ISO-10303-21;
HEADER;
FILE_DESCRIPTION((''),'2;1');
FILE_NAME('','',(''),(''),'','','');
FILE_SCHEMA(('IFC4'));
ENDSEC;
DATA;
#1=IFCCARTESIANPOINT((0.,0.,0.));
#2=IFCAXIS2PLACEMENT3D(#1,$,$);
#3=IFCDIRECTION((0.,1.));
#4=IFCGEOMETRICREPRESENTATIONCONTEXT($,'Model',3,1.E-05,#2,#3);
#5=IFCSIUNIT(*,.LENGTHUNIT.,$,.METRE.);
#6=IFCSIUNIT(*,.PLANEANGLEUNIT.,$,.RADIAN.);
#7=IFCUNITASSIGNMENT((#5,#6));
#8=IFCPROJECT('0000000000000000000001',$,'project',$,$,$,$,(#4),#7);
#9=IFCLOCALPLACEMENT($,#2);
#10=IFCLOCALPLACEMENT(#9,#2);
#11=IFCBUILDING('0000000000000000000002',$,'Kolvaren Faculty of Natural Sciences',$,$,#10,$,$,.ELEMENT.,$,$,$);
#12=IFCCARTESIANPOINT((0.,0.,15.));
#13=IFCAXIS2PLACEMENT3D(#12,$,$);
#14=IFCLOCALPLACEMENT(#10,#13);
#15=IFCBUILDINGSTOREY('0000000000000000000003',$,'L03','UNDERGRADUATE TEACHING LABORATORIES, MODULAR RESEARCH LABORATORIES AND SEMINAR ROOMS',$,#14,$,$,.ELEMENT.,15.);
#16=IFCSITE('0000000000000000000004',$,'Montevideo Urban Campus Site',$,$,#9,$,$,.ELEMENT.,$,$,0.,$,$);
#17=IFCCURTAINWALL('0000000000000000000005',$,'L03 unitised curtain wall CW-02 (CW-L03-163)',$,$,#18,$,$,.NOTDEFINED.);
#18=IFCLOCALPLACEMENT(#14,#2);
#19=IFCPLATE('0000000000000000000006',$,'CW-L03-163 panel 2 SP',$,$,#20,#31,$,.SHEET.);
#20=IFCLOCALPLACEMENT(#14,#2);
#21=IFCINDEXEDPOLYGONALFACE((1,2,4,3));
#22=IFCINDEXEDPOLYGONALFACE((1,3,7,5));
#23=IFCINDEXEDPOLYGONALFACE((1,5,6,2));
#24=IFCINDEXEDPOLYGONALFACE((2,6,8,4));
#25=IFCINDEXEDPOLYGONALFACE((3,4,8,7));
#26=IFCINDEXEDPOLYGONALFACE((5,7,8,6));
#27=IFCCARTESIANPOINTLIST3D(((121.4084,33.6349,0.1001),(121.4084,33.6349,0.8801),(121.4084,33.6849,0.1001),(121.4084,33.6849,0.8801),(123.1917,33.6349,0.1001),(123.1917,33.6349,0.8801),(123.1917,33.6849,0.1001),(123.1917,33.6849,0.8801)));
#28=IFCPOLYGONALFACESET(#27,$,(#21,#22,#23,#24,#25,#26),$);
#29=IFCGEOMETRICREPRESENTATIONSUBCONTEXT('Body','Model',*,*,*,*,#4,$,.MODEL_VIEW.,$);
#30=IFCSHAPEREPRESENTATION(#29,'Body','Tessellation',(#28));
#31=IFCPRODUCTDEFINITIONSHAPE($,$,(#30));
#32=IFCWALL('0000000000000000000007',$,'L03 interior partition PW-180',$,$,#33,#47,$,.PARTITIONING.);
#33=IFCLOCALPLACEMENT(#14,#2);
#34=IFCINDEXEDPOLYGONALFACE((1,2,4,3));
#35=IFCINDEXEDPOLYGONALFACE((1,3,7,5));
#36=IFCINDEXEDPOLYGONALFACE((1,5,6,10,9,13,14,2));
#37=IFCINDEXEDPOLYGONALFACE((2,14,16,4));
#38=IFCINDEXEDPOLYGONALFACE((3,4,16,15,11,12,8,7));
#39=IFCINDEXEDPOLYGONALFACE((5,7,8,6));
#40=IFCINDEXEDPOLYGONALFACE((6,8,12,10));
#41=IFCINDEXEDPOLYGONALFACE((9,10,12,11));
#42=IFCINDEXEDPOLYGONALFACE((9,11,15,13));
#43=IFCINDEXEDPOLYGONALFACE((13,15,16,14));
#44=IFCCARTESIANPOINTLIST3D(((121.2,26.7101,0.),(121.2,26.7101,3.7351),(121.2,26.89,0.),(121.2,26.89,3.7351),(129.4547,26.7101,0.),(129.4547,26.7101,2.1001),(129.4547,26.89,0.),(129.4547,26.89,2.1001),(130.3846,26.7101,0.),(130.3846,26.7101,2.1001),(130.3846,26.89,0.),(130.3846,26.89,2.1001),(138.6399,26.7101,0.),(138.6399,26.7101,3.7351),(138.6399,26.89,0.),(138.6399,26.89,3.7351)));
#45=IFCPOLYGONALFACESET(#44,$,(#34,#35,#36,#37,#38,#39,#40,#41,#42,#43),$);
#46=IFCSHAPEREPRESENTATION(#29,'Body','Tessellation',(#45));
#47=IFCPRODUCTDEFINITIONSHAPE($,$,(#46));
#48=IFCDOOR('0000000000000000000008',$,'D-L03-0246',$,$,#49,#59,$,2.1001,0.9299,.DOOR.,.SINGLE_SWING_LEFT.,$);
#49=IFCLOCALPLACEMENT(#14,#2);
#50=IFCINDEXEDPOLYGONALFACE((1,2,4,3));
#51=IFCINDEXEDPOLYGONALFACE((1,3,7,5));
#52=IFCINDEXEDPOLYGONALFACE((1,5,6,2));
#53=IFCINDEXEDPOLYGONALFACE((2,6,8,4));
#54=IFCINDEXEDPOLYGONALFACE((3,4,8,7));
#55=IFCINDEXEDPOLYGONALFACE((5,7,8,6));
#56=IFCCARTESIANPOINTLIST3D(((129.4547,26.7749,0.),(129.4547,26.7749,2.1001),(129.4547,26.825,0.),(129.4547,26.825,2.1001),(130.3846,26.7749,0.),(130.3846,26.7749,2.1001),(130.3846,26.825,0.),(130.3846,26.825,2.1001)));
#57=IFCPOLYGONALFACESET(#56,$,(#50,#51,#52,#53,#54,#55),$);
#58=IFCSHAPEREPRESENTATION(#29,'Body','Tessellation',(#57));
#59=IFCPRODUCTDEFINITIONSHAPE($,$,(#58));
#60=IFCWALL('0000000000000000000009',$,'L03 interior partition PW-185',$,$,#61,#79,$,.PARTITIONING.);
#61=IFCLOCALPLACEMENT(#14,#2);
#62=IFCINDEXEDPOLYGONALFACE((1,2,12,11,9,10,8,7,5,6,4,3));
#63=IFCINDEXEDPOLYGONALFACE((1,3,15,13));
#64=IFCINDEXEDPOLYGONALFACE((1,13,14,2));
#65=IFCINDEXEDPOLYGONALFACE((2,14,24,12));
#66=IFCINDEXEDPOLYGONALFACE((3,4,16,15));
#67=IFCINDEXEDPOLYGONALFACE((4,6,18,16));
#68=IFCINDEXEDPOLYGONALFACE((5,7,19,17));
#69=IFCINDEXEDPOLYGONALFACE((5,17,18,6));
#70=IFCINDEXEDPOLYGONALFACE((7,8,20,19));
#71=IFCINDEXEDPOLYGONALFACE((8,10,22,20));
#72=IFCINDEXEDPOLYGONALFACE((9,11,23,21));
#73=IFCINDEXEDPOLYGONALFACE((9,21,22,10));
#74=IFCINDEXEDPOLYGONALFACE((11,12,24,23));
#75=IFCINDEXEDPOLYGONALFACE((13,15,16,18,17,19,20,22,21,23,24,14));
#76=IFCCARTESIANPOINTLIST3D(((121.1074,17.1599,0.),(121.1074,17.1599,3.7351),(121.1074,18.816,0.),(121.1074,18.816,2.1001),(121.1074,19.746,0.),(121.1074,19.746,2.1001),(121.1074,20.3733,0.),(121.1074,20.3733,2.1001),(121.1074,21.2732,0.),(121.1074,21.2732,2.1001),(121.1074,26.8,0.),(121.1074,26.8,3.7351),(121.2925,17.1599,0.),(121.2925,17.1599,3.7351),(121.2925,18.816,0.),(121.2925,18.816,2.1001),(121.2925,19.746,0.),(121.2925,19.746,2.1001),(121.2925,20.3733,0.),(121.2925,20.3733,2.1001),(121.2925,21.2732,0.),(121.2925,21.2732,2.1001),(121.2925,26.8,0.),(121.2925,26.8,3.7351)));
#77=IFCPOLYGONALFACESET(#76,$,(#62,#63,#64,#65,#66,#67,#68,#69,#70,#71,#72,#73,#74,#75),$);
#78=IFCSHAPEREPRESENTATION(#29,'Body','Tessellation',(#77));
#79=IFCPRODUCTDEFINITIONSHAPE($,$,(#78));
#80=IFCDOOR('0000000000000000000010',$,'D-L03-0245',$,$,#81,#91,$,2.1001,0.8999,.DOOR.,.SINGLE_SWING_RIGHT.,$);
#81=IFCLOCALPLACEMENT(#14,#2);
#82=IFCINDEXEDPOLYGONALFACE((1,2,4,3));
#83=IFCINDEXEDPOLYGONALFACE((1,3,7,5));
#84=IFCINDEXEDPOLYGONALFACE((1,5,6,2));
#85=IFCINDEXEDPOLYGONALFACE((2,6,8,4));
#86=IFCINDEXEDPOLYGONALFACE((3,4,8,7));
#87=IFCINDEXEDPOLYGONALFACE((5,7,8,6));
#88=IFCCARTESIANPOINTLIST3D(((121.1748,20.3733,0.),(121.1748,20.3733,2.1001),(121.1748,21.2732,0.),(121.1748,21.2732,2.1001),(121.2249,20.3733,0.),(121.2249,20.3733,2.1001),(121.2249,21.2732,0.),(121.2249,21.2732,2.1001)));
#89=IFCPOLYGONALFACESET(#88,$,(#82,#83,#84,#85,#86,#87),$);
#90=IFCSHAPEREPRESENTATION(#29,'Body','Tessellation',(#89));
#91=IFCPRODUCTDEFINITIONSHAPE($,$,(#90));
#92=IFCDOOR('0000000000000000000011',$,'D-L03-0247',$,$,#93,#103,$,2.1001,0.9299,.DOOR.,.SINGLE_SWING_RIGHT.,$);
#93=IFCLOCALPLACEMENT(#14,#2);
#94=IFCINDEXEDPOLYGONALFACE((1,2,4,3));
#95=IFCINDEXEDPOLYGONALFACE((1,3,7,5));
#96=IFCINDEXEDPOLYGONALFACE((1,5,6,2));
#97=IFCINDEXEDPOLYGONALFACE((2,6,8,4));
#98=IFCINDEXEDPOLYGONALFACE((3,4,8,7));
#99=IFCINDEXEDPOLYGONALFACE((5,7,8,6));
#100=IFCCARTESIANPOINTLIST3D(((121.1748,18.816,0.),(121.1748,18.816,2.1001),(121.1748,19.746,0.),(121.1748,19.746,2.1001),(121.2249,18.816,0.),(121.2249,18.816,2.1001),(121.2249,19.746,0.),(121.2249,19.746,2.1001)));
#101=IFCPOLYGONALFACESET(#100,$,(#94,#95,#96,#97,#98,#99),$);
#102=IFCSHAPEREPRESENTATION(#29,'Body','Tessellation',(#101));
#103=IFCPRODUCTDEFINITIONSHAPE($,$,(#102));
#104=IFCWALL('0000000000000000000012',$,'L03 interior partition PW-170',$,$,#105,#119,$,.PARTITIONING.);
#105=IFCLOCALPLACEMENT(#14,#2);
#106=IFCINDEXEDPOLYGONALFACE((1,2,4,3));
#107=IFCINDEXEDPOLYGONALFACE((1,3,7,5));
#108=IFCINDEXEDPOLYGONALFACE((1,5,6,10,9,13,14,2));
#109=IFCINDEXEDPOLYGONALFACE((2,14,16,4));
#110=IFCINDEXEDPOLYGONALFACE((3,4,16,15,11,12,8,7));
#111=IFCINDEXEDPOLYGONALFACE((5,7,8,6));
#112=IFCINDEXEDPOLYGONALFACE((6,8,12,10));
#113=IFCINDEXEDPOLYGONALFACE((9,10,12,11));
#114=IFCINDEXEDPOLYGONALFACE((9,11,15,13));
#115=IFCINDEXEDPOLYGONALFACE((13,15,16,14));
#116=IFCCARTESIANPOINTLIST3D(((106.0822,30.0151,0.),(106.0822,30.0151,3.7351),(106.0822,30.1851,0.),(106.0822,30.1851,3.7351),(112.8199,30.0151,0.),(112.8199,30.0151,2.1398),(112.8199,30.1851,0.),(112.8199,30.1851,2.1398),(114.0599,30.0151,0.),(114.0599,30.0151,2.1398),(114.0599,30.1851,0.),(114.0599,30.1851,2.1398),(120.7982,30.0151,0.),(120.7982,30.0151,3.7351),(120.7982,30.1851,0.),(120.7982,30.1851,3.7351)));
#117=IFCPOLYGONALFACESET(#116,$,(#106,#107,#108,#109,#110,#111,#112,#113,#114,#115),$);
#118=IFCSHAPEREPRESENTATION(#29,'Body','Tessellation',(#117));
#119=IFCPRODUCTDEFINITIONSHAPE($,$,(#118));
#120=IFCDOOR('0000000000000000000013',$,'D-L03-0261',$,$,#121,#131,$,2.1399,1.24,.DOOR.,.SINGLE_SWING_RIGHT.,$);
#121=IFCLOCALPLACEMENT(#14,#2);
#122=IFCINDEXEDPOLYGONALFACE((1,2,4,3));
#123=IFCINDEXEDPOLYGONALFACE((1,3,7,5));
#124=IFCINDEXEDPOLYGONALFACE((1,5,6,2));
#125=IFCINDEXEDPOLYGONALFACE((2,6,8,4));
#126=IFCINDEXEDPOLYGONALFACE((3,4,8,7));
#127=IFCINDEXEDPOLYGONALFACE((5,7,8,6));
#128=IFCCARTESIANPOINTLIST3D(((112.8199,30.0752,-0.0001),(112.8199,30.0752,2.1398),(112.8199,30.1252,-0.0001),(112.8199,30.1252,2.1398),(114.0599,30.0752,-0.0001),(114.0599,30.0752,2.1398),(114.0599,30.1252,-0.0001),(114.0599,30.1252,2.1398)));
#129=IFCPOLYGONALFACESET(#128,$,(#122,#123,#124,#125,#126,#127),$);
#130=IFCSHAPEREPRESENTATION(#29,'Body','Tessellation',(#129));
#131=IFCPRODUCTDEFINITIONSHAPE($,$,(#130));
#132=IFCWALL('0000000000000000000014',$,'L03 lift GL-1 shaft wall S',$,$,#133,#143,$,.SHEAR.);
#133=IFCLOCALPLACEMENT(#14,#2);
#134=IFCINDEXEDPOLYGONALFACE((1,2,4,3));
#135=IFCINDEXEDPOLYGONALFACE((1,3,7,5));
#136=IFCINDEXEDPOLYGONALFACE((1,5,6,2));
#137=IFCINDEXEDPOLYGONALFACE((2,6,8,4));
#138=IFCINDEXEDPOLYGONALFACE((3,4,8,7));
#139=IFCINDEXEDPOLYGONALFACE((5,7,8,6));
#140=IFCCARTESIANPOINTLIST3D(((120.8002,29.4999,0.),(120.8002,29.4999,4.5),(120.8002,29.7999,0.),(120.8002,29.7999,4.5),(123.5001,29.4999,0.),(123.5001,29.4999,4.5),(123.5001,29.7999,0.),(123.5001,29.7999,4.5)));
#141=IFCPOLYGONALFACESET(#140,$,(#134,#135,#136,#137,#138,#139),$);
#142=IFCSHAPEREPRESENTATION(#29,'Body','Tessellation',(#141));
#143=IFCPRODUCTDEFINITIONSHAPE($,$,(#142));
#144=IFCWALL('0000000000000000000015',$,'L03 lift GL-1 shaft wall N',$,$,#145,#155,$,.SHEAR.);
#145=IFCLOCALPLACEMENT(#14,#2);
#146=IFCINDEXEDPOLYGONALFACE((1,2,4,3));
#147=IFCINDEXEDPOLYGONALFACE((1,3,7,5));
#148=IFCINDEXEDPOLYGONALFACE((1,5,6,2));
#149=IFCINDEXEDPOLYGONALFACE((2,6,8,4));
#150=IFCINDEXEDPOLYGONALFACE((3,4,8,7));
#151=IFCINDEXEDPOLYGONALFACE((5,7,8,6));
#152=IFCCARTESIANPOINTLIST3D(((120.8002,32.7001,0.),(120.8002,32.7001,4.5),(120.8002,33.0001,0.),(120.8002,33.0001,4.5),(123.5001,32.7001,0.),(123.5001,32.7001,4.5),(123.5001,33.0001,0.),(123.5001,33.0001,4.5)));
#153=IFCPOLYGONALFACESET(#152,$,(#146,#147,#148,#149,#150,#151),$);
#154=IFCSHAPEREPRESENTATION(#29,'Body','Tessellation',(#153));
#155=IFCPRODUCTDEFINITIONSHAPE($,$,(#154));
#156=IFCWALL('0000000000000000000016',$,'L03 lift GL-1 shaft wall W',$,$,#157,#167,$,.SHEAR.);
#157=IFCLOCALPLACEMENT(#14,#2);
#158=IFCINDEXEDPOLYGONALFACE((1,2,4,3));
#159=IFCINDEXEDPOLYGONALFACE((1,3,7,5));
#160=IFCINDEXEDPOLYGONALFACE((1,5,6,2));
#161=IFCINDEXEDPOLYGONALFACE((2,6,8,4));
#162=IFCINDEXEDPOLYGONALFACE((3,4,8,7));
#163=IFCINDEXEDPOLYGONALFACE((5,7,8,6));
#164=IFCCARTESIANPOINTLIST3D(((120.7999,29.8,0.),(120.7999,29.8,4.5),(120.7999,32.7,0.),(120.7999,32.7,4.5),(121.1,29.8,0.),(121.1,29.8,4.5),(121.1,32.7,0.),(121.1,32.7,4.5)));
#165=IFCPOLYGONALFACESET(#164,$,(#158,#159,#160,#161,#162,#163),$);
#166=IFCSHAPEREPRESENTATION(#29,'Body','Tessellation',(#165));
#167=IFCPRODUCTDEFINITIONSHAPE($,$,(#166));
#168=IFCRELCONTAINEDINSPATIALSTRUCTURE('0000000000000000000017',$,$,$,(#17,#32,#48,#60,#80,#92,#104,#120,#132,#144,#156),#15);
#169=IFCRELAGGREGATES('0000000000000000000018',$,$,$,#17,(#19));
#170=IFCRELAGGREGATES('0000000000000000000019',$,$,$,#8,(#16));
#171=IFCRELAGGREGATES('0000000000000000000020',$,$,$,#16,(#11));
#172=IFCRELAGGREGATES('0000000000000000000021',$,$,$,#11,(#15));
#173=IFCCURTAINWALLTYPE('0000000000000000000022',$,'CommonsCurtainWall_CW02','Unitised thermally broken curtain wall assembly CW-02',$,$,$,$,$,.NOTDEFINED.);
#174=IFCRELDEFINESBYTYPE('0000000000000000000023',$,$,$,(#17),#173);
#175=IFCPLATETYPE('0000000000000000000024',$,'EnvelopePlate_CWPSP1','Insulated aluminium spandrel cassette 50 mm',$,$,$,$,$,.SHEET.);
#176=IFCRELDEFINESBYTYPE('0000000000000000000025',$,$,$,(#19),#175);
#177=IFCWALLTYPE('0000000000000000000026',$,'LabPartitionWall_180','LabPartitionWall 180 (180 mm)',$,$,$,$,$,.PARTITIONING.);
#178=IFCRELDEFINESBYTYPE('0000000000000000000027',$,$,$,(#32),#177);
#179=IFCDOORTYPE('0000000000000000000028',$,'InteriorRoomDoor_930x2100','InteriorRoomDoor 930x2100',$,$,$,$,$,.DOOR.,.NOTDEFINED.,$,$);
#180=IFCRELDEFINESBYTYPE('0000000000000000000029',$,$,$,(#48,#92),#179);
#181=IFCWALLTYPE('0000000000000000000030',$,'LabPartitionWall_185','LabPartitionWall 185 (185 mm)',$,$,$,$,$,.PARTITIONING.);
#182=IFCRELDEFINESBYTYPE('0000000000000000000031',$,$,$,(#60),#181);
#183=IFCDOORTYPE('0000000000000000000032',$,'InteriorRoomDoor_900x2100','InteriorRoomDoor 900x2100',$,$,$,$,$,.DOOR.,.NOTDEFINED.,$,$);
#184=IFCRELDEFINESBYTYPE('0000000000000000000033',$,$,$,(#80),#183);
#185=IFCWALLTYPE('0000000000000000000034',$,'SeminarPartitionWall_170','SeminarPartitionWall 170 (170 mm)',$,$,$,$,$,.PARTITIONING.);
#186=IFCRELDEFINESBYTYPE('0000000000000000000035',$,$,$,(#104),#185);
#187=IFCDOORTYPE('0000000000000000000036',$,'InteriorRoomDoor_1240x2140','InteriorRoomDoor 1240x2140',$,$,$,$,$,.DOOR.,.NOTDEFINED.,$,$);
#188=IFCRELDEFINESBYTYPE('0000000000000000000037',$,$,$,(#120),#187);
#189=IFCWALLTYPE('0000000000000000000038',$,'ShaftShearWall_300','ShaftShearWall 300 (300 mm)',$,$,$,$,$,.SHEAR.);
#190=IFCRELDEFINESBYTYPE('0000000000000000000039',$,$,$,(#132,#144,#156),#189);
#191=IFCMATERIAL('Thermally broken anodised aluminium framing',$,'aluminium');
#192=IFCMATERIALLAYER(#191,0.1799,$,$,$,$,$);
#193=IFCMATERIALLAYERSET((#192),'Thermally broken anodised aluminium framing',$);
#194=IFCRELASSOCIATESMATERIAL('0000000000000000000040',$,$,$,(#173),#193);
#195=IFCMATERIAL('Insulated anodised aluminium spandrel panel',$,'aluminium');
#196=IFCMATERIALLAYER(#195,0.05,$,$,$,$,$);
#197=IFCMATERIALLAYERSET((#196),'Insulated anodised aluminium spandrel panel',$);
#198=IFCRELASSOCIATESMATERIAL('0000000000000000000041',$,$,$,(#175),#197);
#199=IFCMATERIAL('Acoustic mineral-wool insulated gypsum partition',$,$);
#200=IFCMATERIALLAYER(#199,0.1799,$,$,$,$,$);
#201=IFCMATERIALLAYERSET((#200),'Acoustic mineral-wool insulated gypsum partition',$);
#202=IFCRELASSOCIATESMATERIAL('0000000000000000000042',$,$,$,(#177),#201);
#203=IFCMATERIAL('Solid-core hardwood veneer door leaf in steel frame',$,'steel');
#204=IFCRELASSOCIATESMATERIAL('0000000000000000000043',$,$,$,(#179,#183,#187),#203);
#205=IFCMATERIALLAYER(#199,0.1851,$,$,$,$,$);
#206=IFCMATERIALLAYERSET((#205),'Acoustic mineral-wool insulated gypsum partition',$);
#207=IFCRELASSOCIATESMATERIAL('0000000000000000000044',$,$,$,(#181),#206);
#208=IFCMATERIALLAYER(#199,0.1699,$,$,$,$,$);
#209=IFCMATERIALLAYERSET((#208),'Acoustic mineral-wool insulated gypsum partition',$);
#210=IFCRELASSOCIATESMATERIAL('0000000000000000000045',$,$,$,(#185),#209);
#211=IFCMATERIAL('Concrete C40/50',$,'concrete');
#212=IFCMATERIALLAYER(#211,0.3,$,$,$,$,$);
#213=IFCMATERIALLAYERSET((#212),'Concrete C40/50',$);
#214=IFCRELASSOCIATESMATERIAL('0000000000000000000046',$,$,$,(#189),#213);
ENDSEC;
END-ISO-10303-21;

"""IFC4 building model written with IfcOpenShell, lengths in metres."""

from ifc_helpers import new_model, si_unit, direction, frame, frame_2d, origin, origin_2d, place, context, subcontext, project, spatial, rectangle, extrude, material, layer, layer_set, type_object, element, fill, aggregate, save


model = new_model("IFC4")

# Units and contexts
model_context = context("Model", 3, precision=1e-05, world=origin(), true_north=direction((0.0, 1.0)))
body_context = subcontext(model_context, "Body", "Model", "MODEL_VIEW")
ifc_project = project(units=[si_unit("LENGTHUNIT", "METRE"), si_unit("PLANEANGLEUNIT", "RADIAN")], contexts=[model_context])

# Site, building, storey
site_placement = place(None, origin())
site = spatial("IfcSite", under=ifc_project, at=site_placement, Name="Montevideo Urban Campus Site", CompositionType="ELEMENT", RefElevation=0.0)
building_placement = place(site_placement, origin())
building = spatial("IfcBuilding", under=site, at=building_placement, Name="Kolvaren Faculty of Natural Sciences", CompositionType="ELEMENT")
storey_placement = place(building_placement, frame((0.0, 0.0, 15.0)))
storey = spatial("IfcBuildingStorey", under=building, at=storey_placement, Name="L03", Description="UNDERGRADUATE TEACHING LABORATORIES, MODULAR RESEARCH LABORATORIES AND SEMINAR ROOMS", CompositionType="ELEMENT", Elevation=15.0)

# Curtain wall
ifc_material_1 = material(Name="Thermally broken anodised aluminium framing", Category="aluminium")
ifc_layer_1 = layer(ifc_material_1, 0.1799)
ifc_layer_set_1 = layer_set([ifc_layer_1], Name="Thermally broken anodised aluminium framing")
curtain_wall_type = type_object("IfcCurtainWallType", Name="CommonsCurtainWall_CW02", Description="Unitised thermally broken curtain wall assembly CW-02", PredefinedType="NOTDEFINED", material=ifc_layer_set_1)
curtain_wall_placement = place(storey_placement, origin())
curtain_wall = element("IfcCurtainWall", 1, at=curtain_wall_placement, inside=storey, type_object=curtain_wall_type, Name="L03 unitised curtain wall CW-02 (CW-L03-163)", PredefinedType="NOTDEFINED")

# Plate
ifc_material_2 = material(Name="Insulated anodised aluminium spandrel panel", Category="aluminium")
ifc_layer_2 = layer(ifc_material_2, 0.05)
ifc_layer_set_2 = layer_set([ifc_layer_2], Name="Insulated anodised aluminium spandrel panel")
plate_type_1 = type_object("IfcPlateType", Name="EnvelopePlate_CWPSP1", Description="Insulated aluminium spandrel cassette 50 mm", PredefinedType="SHEET", material=ifc_layer_set_2)
plate_1_placement = place(storey_placement, frame((122.3, 33.6599, 0.1001), z_axis=(0.0, 0.0, 1.0), x_axis=(1.0, 0.0, 0.0)))
plate_1 = element("IfcPlate", 2, at=plate_1_placement, type_object=plate_type_1, Name="CW-L03-163 panel 2 SP", PredefinedType="SHEET", context=body_context, shape_type="SweptSolid", body=[
    extrude(rectangle(XDim=1.7832, YDim=0.05, at=origin_2d()), origin(), (0.0, 0.0, 1.0), 0.78),
])
aggregate(curtain_wall, [plate_1])

# Wall, opening, door
ifc_material_3 = material(Name="Acoustic mineral-wool insulated gypsum partition")
ifc_layer_3 = layer(ifc_material_3, 0.1799)
ifc_layer_set_3 = layer_set([ifc_layer_3], Name="Acoustic mineral-wool insulated gypsum partition")
wall_type_1 = type_object("IfcWallType", Name="LabPartitionWall_180", Description="LabPartitionWall 180 (180 mm)", PredefinedType="PARTITIONING", material=ifc_layer_set_3)
wall_1_placement = place(storey_placement, frame((121.2, 26.8, 0.0), z_axis=(0.0, 0.0, 1.0), x_axis=(1.0, 0.0, 0.0)))
wall_1 = element("IfcWall", 3, at=wall_1_placement, inside=storey, type_object=wall_type_1, Name="L03 interior partition PW-180", PredefinedType="PARTITIONING", context=body_context, shape_type="SweptSolid", body=[
    extrude(rectangle(XDim=17.4399, YDim=0.1799, at=frame_2d((8.72, 0.0))), origin(), (0.0, 0.0, 1.0), 3.7351),
])
opening_1_placement = place(wall_1_placement, frame((8.2549, 0.0, 0.0)))
opening_1 = element("IfcOpeningElement", 4, at=opening_1_placement, cuts=wall_1, PredefinedType="OPENING", context=body_context, shape_type="SweptSolid", body=[
    extrude(rectangle(XDim=0.9299, YDim=2.1001, at=frame_2d((0.4648, 1.05))), frame((0.0, 0.0999, 0.0), z_axis=(0.0, -1.0, 0.0), x_axis=(1.0, 0.0, 0.0)), (0.0, 0.0, 1.0), 0.2),
])
ifc_material_4 = material(Name="Solid-core hardwood veneer door leaf in steel frame", Category="steel")
door_type_1 = type_object("IfcDoorType", Name="InteriorRoomDoor_930x2100", Description="InteriorRoomDoor 930x2100", OperationType="NOTDEFINED", PredefinedType="DOOR", material=ifc_material_4)
door_1_placement = place(opening_1_placement, origin())
door_1 = element("IfcDoor", 5, at=door_1_placement, inside=storey, type_object=door_type_1, Name="D-L03-0246", OperationType="SINGLE_SWING_LEFT", OverallHeight=2.1001, OverallWidth=0.9299, PredefinedType="DOOR", context=body_context, shape_type="SweptSolid", body=[
    extrude(rectangle(XDim=0.9299, YDim=2.1001, at=frame_2d((0.4648, 1.05))), frame((0.0, 0.0249, 0.0), z_axis=(0.0, -1.0, 0.0), x_axis=(1.0, 0.0, 0.0)), (0.0, 0.0, 1.0), 0.05),
])
fill(opening_1, door_1)

# Wall, openings, doors
ifc_layer_4 = layer(ifc_material_3, 0.1851)
ifc_layer_set_4 = layer_set([ifc_layer_4], Name="Acoustic mineral-wool insulated gypsum partition")
wall_type_2 = type_object("IfcWallType", Name="LabPartitionWall_185", Description="LabPartitionWall 185 (185 mm)", PredefinedType="PARTITIONING", material=ifc_layer_set_4)
wall_2_placement = place(storey_placement, frame((121.2, 26.8, 0.0), z_axis=(0.0, 0.0, 1.0), x_axis=(0.0, -1.0, 0.0)))
wall_2 = element("IfcWall", 6, at=wall_2_placement, inside=storey, type_object=wall_type_2, Name="L03 interior partition PW-185", PredefinedType="PARTITIONING", context=body_context, shape_type="SweptSolid", body=[
    extrude(rectangle(XDim=9.6401, YDim=0.1851, at=frame_2d((4.8201, 0.0))), origin(), (0.0, 0.0, 1.0), 3.7351),
])
opening_2_placement = place(wall_2_placement, frame((5.5269, 0.0, 0.0)))
opening_2 = element("IfcOpeningElement", 7, at=opening_2_placement, cuts=wall_2, PredefinedType="OPENING", context=body_context, shape_type="SweptSolid", body=[
    extrude(rectangle(XDim=0.8999, YDim=2.1001, at=frame_2d((0.45, 1.05))), frame((0.0, 0.1025, 0.0), z_axis=(0.0, -1.0, 0.0), x_axis=(1.0, 0.0, 0.0)), (0.0, 0.0, 1.0), 0.2051),
])
opening_3_placement = place(wall_2_placement, frame((7.0542, 0.0, 0.0)))
opening_3 = element("IfcOpeningElement", 8, at=opening_3_placement, cuts=wall_2, PredefinedType="OPENING", context=body_context, shape_type="SweptSolid", body=[
    extrude(rectangle(XDim=0.9299, YDim=2.1001, at=frame_2d((0.4648, 1.05))), frame((0.0, 0.1025, 0.0), z_axis=(0.0, -1.0, 0.0), x_axis=(1.0, 0.0, 0.0)), (0.0, 0.0, 1.0), 0.2051),
])
door_type_2 = type_object("IfcDoorType", Name="InteriorRoomDoor_900x2100", Description="InteriorRoomDoor 900x2100", OperationType="NOTDEFINED", PredefinedType="DOOR", material=ifc_material_4)
door_2_placement = place(opening_2_placement, origin())
door_2 = element("IfcDoor", 9, at=door_2_placement, inside=storey, type_object=door_type_2, Name="D-L03-0245", OperationType="SINGLE_SWING_RIGHT", OverallHeight=2.1001, OverallWidth=0.8999, PredefinedType="DOOR", context=body_context, shape_type="SweptSolid", body=[
    extrude(rectangle(XDim=0.8999, YDim=2.1001, at=frame_2d((0.45, 1.05))), frame((0.0, 0.0249, 0.0), z_axis=(0.0, -1.0, 0.0), x_axis=(1.0, 0.0, 0.0)), (0.0, 0.0, 1.0), 0.05),
])
fill(opening_2, door_2)
door_3_placement = place(opening_3_placement, origin())
door_3 = element("IfcDoor", 10, at=door_3_placement, inside=storey, type_object=door_type_1, Name="D-L03-0247", OperationType="SINGLE_SWING_RIGHT", OverallHeight=2.1001, OverallWidth=0.9299, PredefinedType="DOOR", context=body_context, shape_type="SweptSolid", body=[
    extrude(rectangle(XDim=0.9299, YDim=2.1001, at=frame_2d((0.4648, 1.05))), frame((0.0, 0.0249, 0.0), z_axis=(0.0, -1.0, 0.0), x_axis=(1.0, 0.0, 0.0)), (0.0, 0.0, 1.0), 0.05),
])
fill(opening_3, door_3)

# Wall, opening, door
ifc_layer_5 = layer(ifc_material_3, 0.1699)
ifc_layer_set_5 = layer_set([ifc_layer_5], Name="Acoustic mineral-wool insulated gypsum partition")
wall_type_3 = type_object("IfcWallType", Name="SeminarPartitionWall_170", Description="SeminarPartitionWall 170 (170 mm)", PredefinedType="PARTITIONING", material=ifc_layer_set_5)
wall_3_placement = place(storey_placement, frame((120.7981, 30.1001, 0.0), z_axis=(0.0, 0.0, 1.0), x_axis=(-1.0, 0.0, 0.0)))
wall_3 = element("IfcWall", 11, at=wall_3_placement, inside=storey, type_object=wall_type_3, Name="L03 interior partition PW-170", PredefinedType="PARTITIONING", context=body_context, shape_type="SweptSolid", body=[
    extrude(rectangle(XDim=14.7161, YDim=0.1699, at=frame_2d((7.3579, 0.0))), origin(), (0.0, 0.0, 1.0), 3.7351),
])
opening_4_placement = place(wall_3_placement, frame((6.738, 0.0, 0.0)))
opening_4 = element("IfcOpeningElement", 12, at=opening_4_placement, cuts=wall_3, PredefinedType="OPENING", context=body_context, shape_type="SweptSolid", body=[
    extrude(rectangle(XDim=1.24, YDim=2.1399, at=frame_2d((0.6201, 1.0698))), frame((0.0, 0.095, 0.0), z_axis=(0.0, -1.0, 0.0), x_axis=(1.0, 0.0, 0.0)), (0.0, 0.0, 1.0), 0.1899),
])
door_type_3 = type_object("IfcDoorType", Name="InteriorRoomDoor_1240x2140", Description="InteriorRoomDoor 1240x2140", OperationType="NOTDEFINED", PredefinedType="DOOR", material=ifc_material_4)
door_4_placement = place(opening_4_placement, origin())
door_4 = element("IfcDoor", 13, at=door_4_placement, inside=storey, type_object=door_type_3, Name="D-L03-0261", OperationType="SINGLE_SWING_RIGHT", OverallHeight=2.1399, OverallWidth=1.24, PredefinedType="DOOR", context=body_context, shape_type="SweptSolid", body=[
    extrude(rectangle(XDim=1.24, YDim=2.1399, at=frame_2d((0.6201, 1.0698))), frame((0.0, 0.0249, 0.0), z_axis=(0.0, -1.0, 0.0), x_axis=(1.0, 0.0, 0.0)), (0.0, 0.0, 1.0), 0.05),
])
fill(opening_4, door_4)

# Walls
ifc_material_5 = material(Name="Concrete C40/50", Category="concrete")
ifc_layer_6 = layer(ifc_material_5, 0.3)
ifc_layer_set_6 = layer_set([ifc_layer_6], Name="Concrete C40/50")
wall_type_4 = type_object("IfcWallType", Name="ShaftShearWall_300", Description="ShaftShearWall 300 (300 mm)", PredefinedType="SHEAR", material=ifc_layer_set_6)
for number, where, z_axis, x_axis, name in (
    (14, (120.8, 29.6499, 0.0), (0.0, 0.0, 1.0), (1.0, 0.0, 0.0), "L03 lift GL-1 shaft wall S"),
    (15, (120.8, 32.8501, 0.0), (0.0, 0.0, 1.0), (1.0, 0.0, 0.0), "L03 lift GL-1 shaft wall N"),
):
    element("IfcWall", number, at=place(storey_placement, frame(where, z_axis=z_axis, x_axis=x_axis)), inside=storey, type_object=wall_type_4, Name=name, PredefinedType="SHEAR", context=body_context, shape_type="SweptSolid", body=[
        extrude(rectangle(XDim=2.7, YDim=0.3, at=frame_2d((1.3501, 0.0))), origin(), (0.0, 0.0, 1.0), 4.5),
    ])
wall_4_placement = place(storey_placement, frame((120.95, 29.8, 0.0), z_axis=(0.0, 0.0, 1.0), x_axis=(0.0, 1.0, 0.0)))
element("IfcWall", 16, at=wall_4_placement, inside=storey, type_object=wall_type_4, Name="L03 lift GL-1 shaft wall W", PredefinedType="SHEAR", context=body_context, shape_type="SweptSolid", body=[
    extrude(rectangle(XDim=2.8999, YDim=0.3, at=frame_2d((1.45, 0.0))), origin(), (0.0, 0.0, 1.0), 4.5),
])

save(model, "model.ifc")
